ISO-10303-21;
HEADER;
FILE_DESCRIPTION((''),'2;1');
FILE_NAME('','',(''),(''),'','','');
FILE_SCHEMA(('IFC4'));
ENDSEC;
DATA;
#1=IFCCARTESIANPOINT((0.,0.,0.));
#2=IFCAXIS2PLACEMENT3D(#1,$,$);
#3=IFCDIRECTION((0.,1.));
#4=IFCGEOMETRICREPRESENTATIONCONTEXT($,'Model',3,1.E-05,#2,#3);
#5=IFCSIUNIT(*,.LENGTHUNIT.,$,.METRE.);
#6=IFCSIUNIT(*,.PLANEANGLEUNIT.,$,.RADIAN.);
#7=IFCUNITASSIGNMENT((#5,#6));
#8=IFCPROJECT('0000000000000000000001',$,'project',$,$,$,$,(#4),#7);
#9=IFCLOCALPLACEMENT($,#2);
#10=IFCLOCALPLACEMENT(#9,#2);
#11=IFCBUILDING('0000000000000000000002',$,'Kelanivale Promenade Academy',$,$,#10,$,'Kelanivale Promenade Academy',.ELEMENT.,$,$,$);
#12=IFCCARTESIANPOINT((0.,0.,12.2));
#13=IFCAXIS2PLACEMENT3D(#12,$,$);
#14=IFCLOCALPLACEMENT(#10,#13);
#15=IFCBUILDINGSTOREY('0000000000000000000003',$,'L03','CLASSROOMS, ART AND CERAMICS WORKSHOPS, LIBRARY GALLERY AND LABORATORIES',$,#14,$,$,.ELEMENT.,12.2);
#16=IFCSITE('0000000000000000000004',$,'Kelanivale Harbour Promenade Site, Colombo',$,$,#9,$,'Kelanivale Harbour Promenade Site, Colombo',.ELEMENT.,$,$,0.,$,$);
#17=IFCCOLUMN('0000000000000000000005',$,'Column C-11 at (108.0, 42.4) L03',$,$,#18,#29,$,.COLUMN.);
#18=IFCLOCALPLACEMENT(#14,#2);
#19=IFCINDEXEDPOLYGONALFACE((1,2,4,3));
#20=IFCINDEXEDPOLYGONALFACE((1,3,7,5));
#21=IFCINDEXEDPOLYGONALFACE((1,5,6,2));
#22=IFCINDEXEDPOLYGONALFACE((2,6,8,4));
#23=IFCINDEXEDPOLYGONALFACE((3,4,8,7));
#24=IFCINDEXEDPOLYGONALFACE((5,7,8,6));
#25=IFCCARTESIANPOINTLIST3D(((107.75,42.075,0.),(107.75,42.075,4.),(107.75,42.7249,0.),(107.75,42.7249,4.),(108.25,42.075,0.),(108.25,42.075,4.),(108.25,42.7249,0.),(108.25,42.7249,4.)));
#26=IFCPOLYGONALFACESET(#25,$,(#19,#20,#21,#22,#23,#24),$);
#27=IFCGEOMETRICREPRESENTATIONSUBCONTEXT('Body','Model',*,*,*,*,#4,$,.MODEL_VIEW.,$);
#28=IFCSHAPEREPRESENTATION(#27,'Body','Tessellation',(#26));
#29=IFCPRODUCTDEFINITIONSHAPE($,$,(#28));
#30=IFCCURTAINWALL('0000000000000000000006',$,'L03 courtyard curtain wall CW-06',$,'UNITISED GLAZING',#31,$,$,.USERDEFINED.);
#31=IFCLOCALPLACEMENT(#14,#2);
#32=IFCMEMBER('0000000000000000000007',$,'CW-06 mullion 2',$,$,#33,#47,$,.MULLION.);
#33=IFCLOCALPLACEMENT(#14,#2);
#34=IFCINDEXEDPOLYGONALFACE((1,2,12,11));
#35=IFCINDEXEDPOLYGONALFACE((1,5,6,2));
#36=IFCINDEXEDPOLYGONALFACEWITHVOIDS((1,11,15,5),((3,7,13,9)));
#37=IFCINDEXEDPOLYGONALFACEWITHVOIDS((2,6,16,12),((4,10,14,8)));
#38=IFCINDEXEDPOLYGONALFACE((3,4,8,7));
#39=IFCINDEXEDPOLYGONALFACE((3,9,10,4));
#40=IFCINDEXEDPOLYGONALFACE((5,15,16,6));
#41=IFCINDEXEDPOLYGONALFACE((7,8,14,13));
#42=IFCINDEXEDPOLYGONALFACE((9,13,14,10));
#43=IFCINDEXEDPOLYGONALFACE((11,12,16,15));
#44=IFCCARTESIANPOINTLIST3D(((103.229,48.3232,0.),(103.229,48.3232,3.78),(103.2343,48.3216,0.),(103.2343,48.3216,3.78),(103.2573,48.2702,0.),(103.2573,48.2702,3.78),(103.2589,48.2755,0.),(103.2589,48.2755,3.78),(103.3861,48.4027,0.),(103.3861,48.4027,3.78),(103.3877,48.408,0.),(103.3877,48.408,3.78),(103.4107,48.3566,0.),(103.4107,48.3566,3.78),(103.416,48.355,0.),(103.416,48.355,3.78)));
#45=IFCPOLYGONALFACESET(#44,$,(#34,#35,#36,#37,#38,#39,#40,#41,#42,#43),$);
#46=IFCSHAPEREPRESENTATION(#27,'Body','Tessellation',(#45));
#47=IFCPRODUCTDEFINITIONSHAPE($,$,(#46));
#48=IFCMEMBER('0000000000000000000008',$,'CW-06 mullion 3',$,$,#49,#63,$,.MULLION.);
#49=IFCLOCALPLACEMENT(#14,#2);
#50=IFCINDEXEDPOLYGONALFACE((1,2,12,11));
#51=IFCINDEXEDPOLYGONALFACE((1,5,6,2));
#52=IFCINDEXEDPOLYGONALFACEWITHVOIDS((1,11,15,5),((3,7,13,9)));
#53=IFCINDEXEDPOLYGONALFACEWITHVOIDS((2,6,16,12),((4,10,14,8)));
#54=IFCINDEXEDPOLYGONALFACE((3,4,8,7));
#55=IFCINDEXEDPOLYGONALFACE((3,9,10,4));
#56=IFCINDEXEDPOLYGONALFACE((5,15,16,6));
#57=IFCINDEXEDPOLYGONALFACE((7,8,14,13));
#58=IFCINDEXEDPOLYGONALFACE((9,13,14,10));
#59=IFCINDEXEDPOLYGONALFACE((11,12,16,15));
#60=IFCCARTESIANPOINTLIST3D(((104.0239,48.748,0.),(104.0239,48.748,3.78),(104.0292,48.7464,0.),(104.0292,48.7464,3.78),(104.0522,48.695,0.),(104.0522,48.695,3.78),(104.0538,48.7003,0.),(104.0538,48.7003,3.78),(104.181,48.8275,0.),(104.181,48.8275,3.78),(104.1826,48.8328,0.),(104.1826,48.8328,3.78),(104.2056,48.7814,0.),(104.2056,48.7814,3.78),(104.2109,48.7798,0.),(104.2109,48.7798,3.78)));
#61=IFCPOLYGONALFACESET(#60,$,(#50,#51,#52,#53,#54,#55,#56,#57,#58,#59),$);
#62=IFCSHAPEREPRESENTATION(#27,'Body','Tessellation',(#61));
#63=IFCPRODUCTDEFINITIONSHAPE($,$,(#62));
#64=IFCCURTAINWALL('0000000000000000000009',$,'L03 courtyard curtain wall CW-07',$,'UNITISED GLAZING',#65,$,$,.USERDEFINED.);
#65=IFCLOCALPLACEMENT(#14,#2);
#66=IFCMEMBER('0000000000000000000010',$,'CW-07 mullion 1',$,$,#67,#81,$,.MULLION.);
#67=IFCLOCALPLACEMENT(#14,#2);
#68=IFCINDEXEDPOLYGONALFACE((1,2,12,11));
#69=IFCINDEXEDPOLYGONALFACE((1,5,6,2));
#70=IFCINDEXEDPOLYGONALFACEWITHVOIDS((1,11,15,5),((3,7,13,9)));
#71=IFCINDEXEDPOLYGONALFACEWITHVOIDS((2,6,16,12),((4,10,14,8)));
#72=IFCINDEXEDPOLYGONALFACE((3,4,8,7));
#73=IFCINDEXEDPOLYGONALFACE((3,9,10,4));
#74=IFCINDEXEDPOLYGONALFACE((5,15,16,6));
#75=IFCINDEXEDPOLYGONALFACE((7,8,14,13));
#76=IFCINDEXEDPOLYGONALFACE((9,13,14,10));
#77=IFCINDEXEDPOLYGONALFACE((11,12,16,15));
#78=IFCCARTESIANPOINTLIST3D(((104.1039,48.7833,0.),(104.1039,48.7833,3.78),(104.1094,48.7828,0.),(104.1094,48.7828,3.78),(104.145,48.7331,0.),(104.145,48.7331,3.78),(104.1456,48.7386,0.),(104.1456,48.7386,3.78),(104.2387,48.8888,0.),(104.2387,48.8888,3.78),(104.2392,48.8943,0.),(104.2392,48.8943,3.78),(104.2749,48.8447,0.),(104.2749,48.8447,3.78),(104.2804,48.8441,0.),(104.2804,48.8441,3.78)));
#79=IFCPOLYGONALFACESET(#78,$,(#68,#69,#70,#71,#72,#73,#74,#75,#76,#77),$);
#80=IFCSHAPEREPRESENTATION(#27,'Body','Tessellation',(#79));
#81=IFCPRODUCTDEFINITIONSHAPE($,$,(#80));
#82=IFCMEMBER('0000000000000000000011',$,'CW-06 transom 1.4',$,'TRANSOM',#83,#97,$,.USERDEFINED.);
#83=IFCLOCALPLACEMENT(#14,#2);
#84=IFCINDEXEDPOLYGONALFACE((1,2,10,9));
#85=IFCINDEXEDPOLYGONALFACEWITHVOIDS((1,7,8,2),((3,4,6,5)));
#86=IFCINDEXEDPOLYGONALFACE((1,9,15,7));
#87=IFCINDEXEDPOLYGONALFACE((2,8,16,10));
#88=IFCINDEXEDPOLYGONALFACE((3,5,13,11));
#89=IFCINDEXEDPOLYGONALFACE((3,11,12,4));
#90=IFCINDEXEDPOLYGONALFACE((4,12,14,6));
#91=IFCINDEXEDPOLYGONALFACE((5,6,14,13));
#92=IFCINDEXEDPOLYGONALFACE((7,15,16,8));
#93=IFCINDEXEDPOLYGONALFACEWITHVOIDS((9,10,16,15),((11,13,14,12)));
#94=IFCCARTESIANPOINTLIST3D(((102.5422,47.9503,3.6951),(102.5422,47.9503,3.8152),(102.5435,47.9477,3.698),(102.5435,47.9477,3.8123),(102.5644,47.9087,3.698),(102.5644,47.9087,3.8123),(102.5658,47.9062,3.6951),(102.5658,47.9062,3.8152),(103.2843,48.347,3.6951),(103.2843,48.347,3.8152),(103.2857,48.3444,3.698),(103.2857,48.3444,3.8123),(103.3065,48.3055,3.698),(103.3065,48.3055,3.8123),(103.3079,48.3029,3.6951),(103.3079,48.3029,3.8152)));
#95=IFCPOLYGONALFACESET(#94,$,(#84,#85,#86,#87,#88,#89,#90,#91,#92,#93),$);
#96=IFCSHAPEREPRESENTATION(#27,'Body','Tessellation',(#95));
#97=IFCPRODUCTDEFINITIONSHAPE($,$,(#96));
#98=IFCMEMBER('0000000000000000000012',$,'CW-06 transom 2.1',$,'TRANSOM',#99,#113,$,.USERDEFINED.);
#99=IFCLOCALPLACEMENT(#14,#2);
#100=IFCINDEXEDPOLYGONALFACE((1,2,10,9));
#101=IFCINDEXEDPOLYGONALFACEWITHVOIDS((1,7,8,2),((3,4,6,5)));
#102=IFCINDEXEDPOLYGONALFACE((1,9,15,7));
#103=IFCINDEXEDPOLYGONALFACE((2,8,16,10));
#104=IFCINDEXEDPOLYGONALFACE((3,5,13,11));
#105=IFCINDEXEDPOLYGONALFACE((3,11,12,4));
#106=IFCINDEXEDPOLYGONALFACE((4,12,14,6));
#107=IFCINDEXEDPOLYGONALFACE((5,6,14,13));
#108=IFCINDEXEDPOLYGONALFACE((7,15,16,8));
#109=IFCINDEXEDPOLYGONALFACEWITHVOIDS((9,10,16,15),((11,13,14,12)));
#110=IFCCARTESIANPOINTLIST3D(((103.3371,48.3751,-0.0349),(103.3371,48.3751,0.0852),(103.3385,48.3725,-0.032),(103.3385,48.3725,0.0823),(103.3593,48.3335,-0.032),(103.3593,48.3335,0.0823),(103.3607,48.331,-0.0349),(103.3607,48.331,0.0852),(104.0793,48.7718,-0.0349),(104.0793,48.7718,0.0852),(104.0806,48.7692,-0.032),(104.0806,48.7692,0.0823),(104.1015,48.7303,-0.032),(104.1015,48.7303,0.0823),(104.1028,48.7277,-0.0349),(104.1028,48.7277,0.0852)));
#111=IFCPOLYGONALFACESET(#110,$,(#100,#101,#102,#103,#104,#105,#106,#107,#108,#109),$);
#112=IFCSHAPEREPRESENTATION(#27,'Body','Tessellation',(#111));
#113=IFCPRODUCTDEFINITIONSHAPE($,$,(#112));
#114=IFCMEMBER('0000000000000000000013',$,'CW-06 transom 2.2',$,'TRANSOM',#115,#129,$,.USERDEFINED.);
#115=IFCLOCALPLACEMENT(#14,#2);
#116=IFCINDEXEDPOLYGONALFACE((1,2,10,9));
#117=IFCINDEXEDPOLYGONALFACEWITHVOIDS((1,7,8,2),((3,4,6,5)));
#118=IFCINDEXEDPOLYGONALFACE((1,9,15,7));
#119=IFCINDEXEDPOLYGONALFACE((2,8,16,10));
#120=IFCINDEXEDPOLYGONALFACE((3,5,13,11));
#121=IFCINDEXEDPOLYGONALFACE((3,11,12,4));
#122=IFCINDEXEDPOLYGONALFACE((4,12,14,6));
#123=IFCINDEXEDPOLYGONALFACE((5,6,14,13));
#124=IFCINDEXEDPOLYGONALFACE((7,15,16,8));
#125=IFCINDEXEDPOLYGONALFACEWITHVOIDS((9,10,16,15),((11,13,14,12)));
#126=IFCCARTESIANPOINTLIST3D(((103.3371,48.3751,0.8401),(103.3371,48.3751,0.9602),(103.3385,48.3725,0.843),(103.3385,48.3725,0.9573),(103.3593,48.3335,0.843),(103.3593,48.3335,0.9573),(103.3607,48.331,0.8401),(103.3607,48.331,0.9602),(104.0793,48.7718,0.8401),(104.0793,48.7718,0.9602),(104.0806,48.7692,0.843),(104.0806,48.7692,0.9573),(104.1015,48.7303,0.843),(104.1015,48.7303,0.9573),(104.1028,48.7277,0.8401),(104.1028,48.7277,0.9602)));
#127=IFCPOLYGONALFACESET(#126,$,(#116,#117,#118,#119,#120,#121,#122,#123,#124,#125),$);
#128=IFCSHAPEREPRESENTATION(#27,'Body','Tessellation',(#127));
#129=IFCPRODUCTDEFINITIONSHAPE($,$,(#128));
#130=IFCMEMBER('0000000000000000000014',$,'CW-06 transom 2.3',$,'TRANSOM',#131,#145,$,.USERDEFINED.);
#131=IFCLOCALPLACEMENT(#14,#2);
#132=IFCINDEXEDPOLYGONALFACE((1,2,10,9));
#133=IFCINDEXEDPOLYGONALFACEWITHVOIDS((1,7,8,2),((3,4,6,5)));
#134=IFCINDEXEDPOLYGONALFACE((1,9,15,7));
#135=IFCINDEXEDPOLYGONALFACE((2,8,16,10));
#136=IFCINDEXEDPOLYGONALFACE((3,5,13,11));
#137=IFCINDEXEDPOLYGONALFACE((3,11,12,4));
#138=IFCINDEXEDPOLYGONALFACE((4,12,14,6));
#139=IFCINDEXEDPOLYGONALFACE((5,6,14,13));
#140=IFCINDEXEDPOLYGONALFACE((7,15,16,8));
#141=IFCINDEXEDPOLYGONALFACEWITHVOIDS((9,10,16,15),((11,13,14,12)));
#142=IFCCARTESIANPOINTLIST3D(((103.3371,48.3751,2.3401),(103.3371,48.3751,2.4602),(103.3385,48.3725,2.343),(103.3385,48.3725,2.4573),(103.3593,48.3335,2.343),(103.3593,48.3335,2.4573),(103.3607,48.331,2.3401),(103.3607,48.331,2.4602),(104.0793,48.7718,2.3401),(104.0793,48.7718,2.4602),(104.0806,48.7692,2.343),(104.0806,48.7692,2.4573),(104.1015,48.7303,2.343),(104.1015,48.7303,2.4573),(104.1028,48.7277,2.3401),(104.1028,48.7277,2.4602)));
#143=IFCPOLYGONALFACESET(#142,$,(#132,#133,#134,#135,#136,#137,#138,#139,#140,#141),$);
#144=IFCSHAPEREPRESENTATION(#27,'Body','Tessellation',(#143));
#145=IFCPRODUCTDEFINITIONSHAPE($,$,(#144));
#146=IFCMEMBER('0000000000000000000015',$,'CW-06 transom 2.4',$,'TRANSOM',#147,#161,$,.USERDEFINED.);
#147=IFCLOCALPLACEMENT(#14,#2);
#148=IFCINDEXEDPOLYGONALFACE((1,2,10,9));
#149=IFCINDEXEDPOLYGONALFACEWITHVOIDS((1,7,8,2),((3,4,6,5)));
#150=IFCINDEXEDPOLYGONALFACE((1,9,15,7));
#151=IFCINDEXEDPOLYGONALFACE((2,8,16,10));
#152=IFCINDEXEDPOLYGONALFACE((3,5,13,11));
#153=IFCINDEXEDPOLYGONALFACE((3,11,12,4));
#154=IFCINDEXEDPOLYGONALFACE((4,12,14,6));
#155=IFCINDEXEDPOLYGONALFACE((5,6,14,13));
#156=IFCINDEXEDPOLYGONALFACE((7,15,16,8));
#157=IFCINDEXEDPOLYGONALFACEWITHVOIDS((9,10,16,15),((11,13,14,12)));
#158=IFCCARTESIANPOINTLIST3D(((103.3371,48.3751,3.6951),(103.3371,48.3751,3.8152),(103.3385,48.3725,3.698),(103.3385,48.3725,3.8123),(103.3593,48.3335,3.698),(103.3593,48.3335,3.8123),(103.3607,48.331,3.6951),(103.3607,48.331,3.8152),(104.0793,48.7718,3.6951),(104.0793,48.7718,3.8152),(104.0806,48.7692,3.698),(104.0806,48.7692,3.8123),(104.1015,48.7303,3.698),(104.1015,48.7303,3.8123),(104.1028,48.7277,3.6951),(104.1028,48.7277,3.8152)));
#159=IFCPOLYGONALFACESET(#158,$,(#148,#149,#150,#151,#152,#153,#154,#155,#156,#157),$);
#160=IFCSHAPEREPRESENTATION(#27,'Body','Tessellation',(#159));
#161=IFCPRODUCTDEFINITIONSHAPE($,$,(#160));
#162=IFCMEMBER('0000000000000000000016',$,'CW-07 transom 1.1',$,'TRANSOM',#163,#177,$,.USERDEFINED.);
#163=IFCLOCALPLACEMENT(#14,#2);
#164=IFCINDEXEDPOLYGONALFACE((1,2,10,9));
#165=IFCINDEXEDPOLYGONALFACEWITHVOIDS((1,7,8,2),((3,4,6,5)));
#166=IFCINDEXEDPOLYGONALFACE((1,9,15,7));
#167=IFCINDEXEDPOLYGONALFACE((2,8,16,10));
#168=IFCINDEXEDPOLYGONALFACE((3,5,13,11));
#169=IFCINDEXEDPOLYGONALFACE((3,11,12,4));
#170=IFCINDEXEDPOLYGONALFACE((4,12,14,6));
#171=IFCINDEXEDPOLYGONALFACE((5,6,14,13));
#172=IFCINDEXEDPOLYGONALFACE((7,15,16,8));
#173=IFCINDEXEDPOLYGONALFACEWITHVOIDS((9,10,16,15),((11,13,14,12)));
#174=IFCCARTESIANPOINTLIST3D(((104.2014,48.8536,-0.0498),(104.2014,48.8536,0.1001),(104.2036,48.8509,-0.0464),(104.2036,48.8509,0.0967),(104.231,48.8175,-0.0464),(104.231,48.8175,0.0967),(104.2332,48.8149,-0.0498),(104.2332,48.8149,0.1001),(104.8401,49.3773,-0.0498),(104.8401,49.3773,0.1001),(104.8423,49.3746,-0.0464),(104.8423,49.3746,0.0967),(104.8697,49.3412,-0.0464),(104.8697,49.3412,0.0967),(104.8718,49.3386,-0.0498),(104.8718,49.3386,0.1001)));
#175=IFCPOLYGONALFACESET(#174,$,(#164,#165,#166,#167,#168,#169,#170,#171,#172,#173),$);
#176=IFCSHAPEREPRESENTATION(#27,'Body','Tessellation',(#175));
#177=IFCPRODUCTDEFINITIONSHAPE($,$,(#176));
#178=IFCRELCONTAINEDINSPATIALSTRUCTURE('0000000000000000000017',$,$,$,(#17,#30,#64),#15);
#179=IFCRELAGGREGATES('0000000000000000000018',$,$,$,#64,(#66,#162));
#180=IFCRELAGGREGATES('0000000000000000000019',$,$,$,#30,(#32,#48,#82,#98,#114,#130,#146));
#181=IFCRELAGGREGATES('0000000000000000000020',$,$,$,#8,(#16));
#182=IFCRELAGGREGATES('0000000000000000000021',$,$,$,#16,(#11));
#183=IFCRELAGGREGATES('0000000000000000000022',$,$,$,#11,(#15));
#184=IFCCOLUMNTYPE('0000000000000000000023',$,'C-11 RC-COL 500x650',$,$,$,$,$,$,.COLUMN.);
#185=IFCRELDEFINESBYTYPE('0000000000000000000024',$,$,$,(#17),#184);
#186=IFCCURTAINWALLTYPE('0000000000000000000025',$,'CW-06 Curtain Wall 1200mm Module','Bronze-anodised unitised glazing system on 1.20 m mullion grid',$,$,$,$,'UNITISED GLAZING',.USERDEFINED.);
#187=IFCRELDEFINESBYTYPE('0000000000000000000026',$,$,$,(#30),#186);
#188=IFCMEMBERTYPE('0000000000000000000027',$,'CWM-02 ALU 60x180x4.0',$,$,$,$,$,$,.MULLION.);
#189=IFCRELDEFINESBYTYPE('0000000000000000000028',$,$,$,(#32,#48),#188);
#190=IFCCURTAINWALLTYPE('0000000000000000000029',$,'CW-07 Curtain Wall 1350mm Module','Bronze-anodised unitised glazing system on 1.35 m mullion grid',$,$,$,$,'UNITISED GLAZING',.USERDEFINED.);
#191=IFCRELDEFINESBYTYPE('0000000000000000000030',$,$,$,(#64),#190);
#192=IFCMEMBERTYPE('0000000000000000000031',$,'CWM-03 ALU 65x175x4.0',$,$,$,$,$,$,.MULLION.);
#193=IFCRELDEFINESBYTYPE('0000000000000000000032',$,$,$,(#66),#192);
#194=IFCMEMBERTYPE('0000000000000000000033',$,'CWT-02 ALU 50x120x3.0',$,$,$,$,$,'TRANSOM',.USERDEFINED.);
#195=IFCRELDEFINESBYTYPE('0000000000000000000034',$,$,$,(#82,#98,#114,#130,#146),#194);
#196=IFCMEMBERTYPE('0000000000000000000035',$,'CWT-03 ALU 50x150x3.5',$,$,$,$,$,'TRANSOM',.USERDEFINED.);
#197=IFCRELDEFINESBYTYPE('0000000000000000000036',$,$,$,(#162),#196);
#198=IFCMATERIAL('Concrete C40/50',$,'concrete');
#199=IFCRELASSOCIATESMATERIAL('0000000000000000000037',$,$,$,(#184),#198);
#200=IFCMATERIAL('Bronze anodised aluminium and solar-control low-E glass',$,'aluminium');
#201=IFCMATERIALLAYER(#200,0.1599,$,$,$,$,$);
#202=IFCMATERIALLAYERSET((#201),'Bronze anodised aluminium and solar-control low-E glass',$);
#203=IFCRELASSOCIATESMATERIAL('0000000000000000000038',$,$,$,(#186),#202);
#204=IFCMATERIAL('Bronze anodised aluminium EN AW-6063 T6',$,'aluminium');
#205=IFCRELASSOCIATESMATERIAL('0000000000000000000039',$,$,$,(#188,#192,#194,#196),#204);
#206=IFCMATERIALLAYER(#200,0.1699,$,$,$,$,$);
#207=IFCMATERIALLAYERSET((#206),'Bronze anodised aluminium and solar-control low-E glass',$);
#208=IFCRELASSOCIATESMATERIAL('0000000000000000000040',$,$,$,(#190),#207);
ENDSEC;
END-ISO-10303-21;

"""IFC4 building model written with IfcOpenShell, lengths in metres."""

from ifc_helpers import new_model, si_unit, direction, frame, origin, origin_2d, place, context, subcontext, project, spatial, rectangle, hollow_rectangle, extrude, material, layer, layer_set, material_profile, profile_set, type_object, element, aggregate, save


model = new_model("IFC4")

# Units and contexts
model_context = context("Model", 3, precision=1e-05, world=origin(), true_north=direction((0.0, 1.0)))
body_context = subcontext(model_context, "Body", "Model", "MODEL_VIEW")
ifc_project = project(units=[si_unit("LENGTHUNIT", "METRE"), si_unit("PLANEANGLEUNIT", "RADIAN")], contexts=[model_context])

# Site, building, storey
site_placement = place(None, origin())
site = spatial("IfcSite", under=ifc_project, at=site_placement, Name="Kelanivale Harbour Promenade Site, Colombo", LongName="Kelanivale Harbour Promenade Site, Colombo", CompositionType="ELEMENT", RefElevation=0.0)
building_placement = place(site_placement, origin())
building = spatial("IfcBuilding", under=site, at=building_placement, Name="Kelanivale Promenade Academy", LongName="Kelanivale Promenade Academy", CompositionType="ELEMENT")
storey_placement = place(building_placement, frame((0.0, 0.0, 12.2)))
storey = spatial("IfcBuildingStorey", under=building, at=storey_placement, Name="L03", Description="CLASSROOMS, ART AND CERAMICS WORKSHOPS, LIBRARY GALLERY AND LABORATORIES", CompositionType="ELEMENT", Elevation=12.2)

# Column
ifc_material_1 = material(Name="Concrete C40/50", Category="concrete")
ifc_material_profile_1 = material_profile(ifc_material_1, rectangle(XDim=0.5, YDim=0.6499, at=origin_2d()), Name="RC-COL 500x650")
ifc_profile_set_1 = profile_set([ifc_material_profile_1], Name="Concrete C40/50")
column_type = type_object("IfcColumnType", Name="C-11 RC-COL 500x650", PredefinedType="COLUMN", material=ifc_profile_set_1)
column_placement = place(storey_placement, frame((108.0, 42.3999, 0.0), z_axis=(0.0, 0.0, 1.0), x_axis=(1.0, 0.0, 0.0)))
element("IfcColumn", 1, at=column_placement, inside=storey, type_object=column_type, Name="Column C-11 at (108.0, 42.4) L03", PredefinedType="COLUMN", context=body_context, shape_type="SweptSolid", body=[
    extrude(rectangle(XDim=0.5, YDim=0.6499, at=origin_2d()), origin(), (0.0, 0.0, 1.0), 4.0),
])

# Curtain wall, members
ifc_material_2 = material(Name="Bronze anodised aluminium and solar-control low-E glass", Category="aluminium")
ifc_layer_1 = layer(ifc_material_2, 0.1599)
ifc_layer_set_1 = layer_set([ifc_layer_1], Name="Bronze anodised aluminium and solar-control low-E glass")
curtain_wall_type_1 = type_object("IfcCurtainWallType", Name="CW-06 Curtain Wall 1200mm Module", Description="Bronze-anodised unitised glazing system on 1.20 m mullion grid", ElementType="UNITISED GLAZING", PredefinedType="USERDEFINED", material=ifc_layer_set_1)
curtain_wall_1_placement = place(storey_placement, origin())
curtain_wall_1 = element("IfcCurtainWall", 2, at=curtain_wall_1_placement, inside=storey, type_object=curtain_wall_type_1, Name="L03 courtyard curtain wall CW-06", ObjectType="UNITISED GLAZING", PredefinedType="USERDEFINED")
ifc_material_3 = material(Name="Bronze anodised aluminium EN AW-6063 T6", Category="aluminium")
ifc_material_profile_2 = material_profile(ifc_material_3, hollow_rectangle(XDim=0.0601, YDim=0.1799, WallThickness=0.0039, at=origin_2d()), Name="ALU 60x180x4.0")
ifc_profile_set_2 = profile_set([ifc_material_profile_2], Name="Bronze anodised aluminium EN AW-6063 T6")
member_type_1 = type_object("IfcMemberType", Name="CWM-02 ALU 60x180x4.0", PredefinedType="MULLION", material=ifc_profile_set_2)
member_1_placement = place(storey_placement, frame((103.3225, 48.3391, 0.0), z_axis=(0.0, 0.0, 1.0), x_axis=(-0.471312, 0.881966, 0.0)))
member_1 = element("IfcMember", 3, at=member_1_placement, type_object=member_type_1, Name="CW-06 mullion 2", PredefinedType="MULLION", context=body_context, shape_type="SweptSolid", body=[
    extrude(hollow_rectangle(XDim=0.0601, YDim=0.1799, WallThickness=0.0039, at=origin_2d()), origin(), (0.0, 0.0, 1.0), 3.78),
])
member_2_placement = place(storey_placement, frame((104.1174, 48.7639, 0.0), z_axis=(0.0, 0.0, 1.0), x_axis=(-0.471312, 0.881966, 0.0)))
member_2 = element("IfcMember", 4, at=member_2_placement, type_object=member_type_1, Name="CW-06 mullion 3", PredefinedType="MULLION", context=body_context, shape_type="SweptSolid", body=[
    extrude(hollow_rectangle(XDim=0.0601, YDim=0.1799, WallThickness=0.0039, at=origin_2d()), origin(), (0.0, 0.0, 1.0), 3.78),
])

# Curtain wall, member
ifc_layer_2 = layer(ifc_material_2, 0.1699)
ifc_layer_set_2 = layer_set([ifc_layer_2], Name="Bronze anodised aluminium and solar-control low-E glass")
curtain_wall_type_2 = type_object("IfcCurtainWallType", Name="CW-07 Curtain Wall 1350mm Module", Description="Bronze-anodised unitised glazing system on 1.35 m mullion grid", ElementType="UNITISED GLAZING", PredefinedType="USERDEFINED", material=ifc_layer_set_2)
curtain_wall_2_placement = place(storey_placement, origin())
curtain_wall_2 = element("IfcCurtainWall", 5, at=curtain_wall_2_placement, inside=storey, type_object=curtain_wall_type_2, Name="L03 courtyard curtain wall CW-07", ObjectType="UNITISED GLAZING", PredefinedType="USERDEFINED")
ifc_material_profile_3 = material_profile(ifc_material_3, hollow_rectangle(XDim=0.0649, YDim=0.175, WallThickness=0.0039, at=origin_2d()), Name="ALU 65x175x4.0")
ifc_profile_set_3 = profile_set([ifc_material_profile_3], Name="Bronze anodised aluminium EN AW-6063 T6")
member_type_2 = type_object("IfcMemberType", Name="CWM-03 ALU 65x175x4.0", PredefinedType="MULLION", material=ifc_profile_set_3)
member_3_placement = place(storey_placement, frame((104.1921, 48.8137, 0.0), z_axis=(0.0, 0.0, 1.0), x_axis=(-0.634093, 0.773257, 0.0)))
member_3 = element("IfcMember", 6, at=member_3_placement, type_object=member_type_2, Name="CW-07 mullion 1", PredefinedType="MULLION", context=body_context, shape_type="SweptSolid", body=[
    extrude(hollow_rectangle(XDim=0.0649, YDim=0.175, WallThickness=0.0039, at=origin_2d()), origin(), (0.0, 0.0, 1.0), 3.78),
])

# Members
ifc_material_profile_4 = material_profile(ifc_material_3, hollow_rectangle(XDim=0.05, YDim=0.1201, WallThickness=0.0029, at=origin_2d()), Name="ALU 50x120x3.0")
ifc_profile_set_4 = profile_set([ifc_material_profile_4], Name="Bronze anodised aluminium EN AW-6063 T6")
member_type_3 = type_object("IfcMemberType", Name="CWT-02 ALU 50x120x3.0", ElementType="TRANSOM", PredefinedType="USERDEFINED", material=ifc_profile_set_4)
member_4_placement = place(storey_placement, frame((102.554, 47.9282, 3.7551), z_axis=(0.881911, 0.471416, 0.0), x_axis=(-0.471416, 0.881911, 0.0)))
member_4 = element("IfcMember", 7, at=member_4_placement, type_object=member_type_3, Name="CW-06 transom 1.4", ObjectType="TRANSOM", PredefinedType="USERDEFINED", context=body_context, shape_type="SweptSolid", body=[
    extrude(hollow_rectangle(XDim=0.05, YDim=0.1201, WallThickness=0.0029, at=origin_2d()), origin(), (0.0, 0.0, 1.0), 0.8416),
])
member_5_placement = place(storey_placement, frame((103.3489, 48.353, 0.0251), z_axis=(0.881911, 0.471416, 0.0), x_axis=(-0.471416, 0.881911, 0.0)))
member_5 = element("IfcMember", 8, at=member_5_placement, type_object=member_type_3, Name="CW-06 transom 2.1", ObjectType="TRANSOM", PredefinedType="USERDEFINED", context=body_context, shape_type="SweptSolid", body=[
    extrude(hollow_rectangle(XDim=0.05, YDim=0.1201, WallThickness=0.0029, at=origin_2d()), origin(), (0.0, 0.0, 1.0), 0.8416),
])
member_6_placement = place(storey_placement, frame((103.3489, 48.353, 0.9001), z_axis=(0.881911, 0.471416, 0.0), x_axis=(-0.471416, 0.881911, 0.0)))
member_6 = element("IfcMember", 9, at=member_6_placement, type_object=member_type_3, Name="CW-06 transom 2.2", ObjectType="TRANSOM", PredefinedType="USERDEFINED", context=body_context, shape_type="SweptSolid", body=[
    extrude(hollow_rectangle(XDim=0.05, YDim=0.1201, WallThickness=0.0029, at=origin_2d()), origin(), (0.0, 0.0, 1.0), 0.8416),
])
member_7_placement = place(storey_placement, frame((103.3489, 48.353, 2.4001), z_axis=(0.881911, 0.471416, 0.0), x_axis=(-0.471416, 0.881911, 0.0)))
member_7 = element("IfcMember", 10, at=member_7_placement, type_object=member_type_3, Name="CW-06 transom 2.3", ObjectType="TRANSOM", PredefinedType="USERDEFINED", context=body_context, shape_type="SweptSolid", body=[
    extrude(hollow_rectangle(XDim=0.05, YDim=0.1201, WallThickness=0.0029, at=origin_2d()), origin(), (0.0, 0.0, 1.0), 0.8416),
])
member_8_placement = place(storey_placement, frame((103.3489, 48.353, 3.7551), z_axis=(0.881911, 0.471416, 0.0), x_axis=(-0.471416, 0.881911, 0.0)))
member_8 = element("IfcMember", 11, at=member_8_placement, type_object=member_type_3, Name="CW-06 transom 2.4", ObjectType="TRANSOM", PredefinedType="USERDEFINED", context=body_context, shape_type="SweptSolid", body=[
    extrude(hollow_rectangle(XDim=0.05, YDim=0.1201, WallThickness=0.0029, at=origin_2d()), origin(), (0.0, 0.0, 1.0), 0.8416),
])
ifc_material_profile_5 = material_profile(ifc_material_3, hollow_rectangle(XDim=0.05, YDim=0.1499, WallThickness=0.0034, at=origin_2d()), Name="ALU 50x150x3.5")
ifc_profile_set_5 = profile_set([ifc_material_profile_5], Name="Bronze anodised aluminium EN AW-6063 T6")
member_type_4 = type_object("IfcMemberType", Name="CWT-03 ALU 50x150x3.5", ElementType="TRANSOM", PredefinedType="USERDEFINED", material=ifc_profile_set_5)
member_9_placement = place(storey_placement, frame((104.2173, 48.8342, 0.0251), z_axis=(0.773285, 0.634058, 0.0), x_axis=(-0.634058, 0.773285, 0.0)))
member_9 = element("IfcMember", 12, at=member_9_placement, type_object=member_type_4, Name="CW-07 transom 1.1", ObjectType="TRANSOM", PredefinedType="USERDEFINED", context=body_context, shape_type="SweptSolid", body=[
    extrude(hollow_rectangle(XDim=0.05, YDim=0.1499, WallThickness=0.0034, at=origin_2d()), origin(), (0.0, 0.0, 1.0), 0.8259),
])
aggregate(curtain_wall_2, [member_3, member_9])

aggregate(curtain_wall_1, [member_1, member_2, member_4, member_5, member_6, member_7, member_8])

save(model, "model.ifc")
